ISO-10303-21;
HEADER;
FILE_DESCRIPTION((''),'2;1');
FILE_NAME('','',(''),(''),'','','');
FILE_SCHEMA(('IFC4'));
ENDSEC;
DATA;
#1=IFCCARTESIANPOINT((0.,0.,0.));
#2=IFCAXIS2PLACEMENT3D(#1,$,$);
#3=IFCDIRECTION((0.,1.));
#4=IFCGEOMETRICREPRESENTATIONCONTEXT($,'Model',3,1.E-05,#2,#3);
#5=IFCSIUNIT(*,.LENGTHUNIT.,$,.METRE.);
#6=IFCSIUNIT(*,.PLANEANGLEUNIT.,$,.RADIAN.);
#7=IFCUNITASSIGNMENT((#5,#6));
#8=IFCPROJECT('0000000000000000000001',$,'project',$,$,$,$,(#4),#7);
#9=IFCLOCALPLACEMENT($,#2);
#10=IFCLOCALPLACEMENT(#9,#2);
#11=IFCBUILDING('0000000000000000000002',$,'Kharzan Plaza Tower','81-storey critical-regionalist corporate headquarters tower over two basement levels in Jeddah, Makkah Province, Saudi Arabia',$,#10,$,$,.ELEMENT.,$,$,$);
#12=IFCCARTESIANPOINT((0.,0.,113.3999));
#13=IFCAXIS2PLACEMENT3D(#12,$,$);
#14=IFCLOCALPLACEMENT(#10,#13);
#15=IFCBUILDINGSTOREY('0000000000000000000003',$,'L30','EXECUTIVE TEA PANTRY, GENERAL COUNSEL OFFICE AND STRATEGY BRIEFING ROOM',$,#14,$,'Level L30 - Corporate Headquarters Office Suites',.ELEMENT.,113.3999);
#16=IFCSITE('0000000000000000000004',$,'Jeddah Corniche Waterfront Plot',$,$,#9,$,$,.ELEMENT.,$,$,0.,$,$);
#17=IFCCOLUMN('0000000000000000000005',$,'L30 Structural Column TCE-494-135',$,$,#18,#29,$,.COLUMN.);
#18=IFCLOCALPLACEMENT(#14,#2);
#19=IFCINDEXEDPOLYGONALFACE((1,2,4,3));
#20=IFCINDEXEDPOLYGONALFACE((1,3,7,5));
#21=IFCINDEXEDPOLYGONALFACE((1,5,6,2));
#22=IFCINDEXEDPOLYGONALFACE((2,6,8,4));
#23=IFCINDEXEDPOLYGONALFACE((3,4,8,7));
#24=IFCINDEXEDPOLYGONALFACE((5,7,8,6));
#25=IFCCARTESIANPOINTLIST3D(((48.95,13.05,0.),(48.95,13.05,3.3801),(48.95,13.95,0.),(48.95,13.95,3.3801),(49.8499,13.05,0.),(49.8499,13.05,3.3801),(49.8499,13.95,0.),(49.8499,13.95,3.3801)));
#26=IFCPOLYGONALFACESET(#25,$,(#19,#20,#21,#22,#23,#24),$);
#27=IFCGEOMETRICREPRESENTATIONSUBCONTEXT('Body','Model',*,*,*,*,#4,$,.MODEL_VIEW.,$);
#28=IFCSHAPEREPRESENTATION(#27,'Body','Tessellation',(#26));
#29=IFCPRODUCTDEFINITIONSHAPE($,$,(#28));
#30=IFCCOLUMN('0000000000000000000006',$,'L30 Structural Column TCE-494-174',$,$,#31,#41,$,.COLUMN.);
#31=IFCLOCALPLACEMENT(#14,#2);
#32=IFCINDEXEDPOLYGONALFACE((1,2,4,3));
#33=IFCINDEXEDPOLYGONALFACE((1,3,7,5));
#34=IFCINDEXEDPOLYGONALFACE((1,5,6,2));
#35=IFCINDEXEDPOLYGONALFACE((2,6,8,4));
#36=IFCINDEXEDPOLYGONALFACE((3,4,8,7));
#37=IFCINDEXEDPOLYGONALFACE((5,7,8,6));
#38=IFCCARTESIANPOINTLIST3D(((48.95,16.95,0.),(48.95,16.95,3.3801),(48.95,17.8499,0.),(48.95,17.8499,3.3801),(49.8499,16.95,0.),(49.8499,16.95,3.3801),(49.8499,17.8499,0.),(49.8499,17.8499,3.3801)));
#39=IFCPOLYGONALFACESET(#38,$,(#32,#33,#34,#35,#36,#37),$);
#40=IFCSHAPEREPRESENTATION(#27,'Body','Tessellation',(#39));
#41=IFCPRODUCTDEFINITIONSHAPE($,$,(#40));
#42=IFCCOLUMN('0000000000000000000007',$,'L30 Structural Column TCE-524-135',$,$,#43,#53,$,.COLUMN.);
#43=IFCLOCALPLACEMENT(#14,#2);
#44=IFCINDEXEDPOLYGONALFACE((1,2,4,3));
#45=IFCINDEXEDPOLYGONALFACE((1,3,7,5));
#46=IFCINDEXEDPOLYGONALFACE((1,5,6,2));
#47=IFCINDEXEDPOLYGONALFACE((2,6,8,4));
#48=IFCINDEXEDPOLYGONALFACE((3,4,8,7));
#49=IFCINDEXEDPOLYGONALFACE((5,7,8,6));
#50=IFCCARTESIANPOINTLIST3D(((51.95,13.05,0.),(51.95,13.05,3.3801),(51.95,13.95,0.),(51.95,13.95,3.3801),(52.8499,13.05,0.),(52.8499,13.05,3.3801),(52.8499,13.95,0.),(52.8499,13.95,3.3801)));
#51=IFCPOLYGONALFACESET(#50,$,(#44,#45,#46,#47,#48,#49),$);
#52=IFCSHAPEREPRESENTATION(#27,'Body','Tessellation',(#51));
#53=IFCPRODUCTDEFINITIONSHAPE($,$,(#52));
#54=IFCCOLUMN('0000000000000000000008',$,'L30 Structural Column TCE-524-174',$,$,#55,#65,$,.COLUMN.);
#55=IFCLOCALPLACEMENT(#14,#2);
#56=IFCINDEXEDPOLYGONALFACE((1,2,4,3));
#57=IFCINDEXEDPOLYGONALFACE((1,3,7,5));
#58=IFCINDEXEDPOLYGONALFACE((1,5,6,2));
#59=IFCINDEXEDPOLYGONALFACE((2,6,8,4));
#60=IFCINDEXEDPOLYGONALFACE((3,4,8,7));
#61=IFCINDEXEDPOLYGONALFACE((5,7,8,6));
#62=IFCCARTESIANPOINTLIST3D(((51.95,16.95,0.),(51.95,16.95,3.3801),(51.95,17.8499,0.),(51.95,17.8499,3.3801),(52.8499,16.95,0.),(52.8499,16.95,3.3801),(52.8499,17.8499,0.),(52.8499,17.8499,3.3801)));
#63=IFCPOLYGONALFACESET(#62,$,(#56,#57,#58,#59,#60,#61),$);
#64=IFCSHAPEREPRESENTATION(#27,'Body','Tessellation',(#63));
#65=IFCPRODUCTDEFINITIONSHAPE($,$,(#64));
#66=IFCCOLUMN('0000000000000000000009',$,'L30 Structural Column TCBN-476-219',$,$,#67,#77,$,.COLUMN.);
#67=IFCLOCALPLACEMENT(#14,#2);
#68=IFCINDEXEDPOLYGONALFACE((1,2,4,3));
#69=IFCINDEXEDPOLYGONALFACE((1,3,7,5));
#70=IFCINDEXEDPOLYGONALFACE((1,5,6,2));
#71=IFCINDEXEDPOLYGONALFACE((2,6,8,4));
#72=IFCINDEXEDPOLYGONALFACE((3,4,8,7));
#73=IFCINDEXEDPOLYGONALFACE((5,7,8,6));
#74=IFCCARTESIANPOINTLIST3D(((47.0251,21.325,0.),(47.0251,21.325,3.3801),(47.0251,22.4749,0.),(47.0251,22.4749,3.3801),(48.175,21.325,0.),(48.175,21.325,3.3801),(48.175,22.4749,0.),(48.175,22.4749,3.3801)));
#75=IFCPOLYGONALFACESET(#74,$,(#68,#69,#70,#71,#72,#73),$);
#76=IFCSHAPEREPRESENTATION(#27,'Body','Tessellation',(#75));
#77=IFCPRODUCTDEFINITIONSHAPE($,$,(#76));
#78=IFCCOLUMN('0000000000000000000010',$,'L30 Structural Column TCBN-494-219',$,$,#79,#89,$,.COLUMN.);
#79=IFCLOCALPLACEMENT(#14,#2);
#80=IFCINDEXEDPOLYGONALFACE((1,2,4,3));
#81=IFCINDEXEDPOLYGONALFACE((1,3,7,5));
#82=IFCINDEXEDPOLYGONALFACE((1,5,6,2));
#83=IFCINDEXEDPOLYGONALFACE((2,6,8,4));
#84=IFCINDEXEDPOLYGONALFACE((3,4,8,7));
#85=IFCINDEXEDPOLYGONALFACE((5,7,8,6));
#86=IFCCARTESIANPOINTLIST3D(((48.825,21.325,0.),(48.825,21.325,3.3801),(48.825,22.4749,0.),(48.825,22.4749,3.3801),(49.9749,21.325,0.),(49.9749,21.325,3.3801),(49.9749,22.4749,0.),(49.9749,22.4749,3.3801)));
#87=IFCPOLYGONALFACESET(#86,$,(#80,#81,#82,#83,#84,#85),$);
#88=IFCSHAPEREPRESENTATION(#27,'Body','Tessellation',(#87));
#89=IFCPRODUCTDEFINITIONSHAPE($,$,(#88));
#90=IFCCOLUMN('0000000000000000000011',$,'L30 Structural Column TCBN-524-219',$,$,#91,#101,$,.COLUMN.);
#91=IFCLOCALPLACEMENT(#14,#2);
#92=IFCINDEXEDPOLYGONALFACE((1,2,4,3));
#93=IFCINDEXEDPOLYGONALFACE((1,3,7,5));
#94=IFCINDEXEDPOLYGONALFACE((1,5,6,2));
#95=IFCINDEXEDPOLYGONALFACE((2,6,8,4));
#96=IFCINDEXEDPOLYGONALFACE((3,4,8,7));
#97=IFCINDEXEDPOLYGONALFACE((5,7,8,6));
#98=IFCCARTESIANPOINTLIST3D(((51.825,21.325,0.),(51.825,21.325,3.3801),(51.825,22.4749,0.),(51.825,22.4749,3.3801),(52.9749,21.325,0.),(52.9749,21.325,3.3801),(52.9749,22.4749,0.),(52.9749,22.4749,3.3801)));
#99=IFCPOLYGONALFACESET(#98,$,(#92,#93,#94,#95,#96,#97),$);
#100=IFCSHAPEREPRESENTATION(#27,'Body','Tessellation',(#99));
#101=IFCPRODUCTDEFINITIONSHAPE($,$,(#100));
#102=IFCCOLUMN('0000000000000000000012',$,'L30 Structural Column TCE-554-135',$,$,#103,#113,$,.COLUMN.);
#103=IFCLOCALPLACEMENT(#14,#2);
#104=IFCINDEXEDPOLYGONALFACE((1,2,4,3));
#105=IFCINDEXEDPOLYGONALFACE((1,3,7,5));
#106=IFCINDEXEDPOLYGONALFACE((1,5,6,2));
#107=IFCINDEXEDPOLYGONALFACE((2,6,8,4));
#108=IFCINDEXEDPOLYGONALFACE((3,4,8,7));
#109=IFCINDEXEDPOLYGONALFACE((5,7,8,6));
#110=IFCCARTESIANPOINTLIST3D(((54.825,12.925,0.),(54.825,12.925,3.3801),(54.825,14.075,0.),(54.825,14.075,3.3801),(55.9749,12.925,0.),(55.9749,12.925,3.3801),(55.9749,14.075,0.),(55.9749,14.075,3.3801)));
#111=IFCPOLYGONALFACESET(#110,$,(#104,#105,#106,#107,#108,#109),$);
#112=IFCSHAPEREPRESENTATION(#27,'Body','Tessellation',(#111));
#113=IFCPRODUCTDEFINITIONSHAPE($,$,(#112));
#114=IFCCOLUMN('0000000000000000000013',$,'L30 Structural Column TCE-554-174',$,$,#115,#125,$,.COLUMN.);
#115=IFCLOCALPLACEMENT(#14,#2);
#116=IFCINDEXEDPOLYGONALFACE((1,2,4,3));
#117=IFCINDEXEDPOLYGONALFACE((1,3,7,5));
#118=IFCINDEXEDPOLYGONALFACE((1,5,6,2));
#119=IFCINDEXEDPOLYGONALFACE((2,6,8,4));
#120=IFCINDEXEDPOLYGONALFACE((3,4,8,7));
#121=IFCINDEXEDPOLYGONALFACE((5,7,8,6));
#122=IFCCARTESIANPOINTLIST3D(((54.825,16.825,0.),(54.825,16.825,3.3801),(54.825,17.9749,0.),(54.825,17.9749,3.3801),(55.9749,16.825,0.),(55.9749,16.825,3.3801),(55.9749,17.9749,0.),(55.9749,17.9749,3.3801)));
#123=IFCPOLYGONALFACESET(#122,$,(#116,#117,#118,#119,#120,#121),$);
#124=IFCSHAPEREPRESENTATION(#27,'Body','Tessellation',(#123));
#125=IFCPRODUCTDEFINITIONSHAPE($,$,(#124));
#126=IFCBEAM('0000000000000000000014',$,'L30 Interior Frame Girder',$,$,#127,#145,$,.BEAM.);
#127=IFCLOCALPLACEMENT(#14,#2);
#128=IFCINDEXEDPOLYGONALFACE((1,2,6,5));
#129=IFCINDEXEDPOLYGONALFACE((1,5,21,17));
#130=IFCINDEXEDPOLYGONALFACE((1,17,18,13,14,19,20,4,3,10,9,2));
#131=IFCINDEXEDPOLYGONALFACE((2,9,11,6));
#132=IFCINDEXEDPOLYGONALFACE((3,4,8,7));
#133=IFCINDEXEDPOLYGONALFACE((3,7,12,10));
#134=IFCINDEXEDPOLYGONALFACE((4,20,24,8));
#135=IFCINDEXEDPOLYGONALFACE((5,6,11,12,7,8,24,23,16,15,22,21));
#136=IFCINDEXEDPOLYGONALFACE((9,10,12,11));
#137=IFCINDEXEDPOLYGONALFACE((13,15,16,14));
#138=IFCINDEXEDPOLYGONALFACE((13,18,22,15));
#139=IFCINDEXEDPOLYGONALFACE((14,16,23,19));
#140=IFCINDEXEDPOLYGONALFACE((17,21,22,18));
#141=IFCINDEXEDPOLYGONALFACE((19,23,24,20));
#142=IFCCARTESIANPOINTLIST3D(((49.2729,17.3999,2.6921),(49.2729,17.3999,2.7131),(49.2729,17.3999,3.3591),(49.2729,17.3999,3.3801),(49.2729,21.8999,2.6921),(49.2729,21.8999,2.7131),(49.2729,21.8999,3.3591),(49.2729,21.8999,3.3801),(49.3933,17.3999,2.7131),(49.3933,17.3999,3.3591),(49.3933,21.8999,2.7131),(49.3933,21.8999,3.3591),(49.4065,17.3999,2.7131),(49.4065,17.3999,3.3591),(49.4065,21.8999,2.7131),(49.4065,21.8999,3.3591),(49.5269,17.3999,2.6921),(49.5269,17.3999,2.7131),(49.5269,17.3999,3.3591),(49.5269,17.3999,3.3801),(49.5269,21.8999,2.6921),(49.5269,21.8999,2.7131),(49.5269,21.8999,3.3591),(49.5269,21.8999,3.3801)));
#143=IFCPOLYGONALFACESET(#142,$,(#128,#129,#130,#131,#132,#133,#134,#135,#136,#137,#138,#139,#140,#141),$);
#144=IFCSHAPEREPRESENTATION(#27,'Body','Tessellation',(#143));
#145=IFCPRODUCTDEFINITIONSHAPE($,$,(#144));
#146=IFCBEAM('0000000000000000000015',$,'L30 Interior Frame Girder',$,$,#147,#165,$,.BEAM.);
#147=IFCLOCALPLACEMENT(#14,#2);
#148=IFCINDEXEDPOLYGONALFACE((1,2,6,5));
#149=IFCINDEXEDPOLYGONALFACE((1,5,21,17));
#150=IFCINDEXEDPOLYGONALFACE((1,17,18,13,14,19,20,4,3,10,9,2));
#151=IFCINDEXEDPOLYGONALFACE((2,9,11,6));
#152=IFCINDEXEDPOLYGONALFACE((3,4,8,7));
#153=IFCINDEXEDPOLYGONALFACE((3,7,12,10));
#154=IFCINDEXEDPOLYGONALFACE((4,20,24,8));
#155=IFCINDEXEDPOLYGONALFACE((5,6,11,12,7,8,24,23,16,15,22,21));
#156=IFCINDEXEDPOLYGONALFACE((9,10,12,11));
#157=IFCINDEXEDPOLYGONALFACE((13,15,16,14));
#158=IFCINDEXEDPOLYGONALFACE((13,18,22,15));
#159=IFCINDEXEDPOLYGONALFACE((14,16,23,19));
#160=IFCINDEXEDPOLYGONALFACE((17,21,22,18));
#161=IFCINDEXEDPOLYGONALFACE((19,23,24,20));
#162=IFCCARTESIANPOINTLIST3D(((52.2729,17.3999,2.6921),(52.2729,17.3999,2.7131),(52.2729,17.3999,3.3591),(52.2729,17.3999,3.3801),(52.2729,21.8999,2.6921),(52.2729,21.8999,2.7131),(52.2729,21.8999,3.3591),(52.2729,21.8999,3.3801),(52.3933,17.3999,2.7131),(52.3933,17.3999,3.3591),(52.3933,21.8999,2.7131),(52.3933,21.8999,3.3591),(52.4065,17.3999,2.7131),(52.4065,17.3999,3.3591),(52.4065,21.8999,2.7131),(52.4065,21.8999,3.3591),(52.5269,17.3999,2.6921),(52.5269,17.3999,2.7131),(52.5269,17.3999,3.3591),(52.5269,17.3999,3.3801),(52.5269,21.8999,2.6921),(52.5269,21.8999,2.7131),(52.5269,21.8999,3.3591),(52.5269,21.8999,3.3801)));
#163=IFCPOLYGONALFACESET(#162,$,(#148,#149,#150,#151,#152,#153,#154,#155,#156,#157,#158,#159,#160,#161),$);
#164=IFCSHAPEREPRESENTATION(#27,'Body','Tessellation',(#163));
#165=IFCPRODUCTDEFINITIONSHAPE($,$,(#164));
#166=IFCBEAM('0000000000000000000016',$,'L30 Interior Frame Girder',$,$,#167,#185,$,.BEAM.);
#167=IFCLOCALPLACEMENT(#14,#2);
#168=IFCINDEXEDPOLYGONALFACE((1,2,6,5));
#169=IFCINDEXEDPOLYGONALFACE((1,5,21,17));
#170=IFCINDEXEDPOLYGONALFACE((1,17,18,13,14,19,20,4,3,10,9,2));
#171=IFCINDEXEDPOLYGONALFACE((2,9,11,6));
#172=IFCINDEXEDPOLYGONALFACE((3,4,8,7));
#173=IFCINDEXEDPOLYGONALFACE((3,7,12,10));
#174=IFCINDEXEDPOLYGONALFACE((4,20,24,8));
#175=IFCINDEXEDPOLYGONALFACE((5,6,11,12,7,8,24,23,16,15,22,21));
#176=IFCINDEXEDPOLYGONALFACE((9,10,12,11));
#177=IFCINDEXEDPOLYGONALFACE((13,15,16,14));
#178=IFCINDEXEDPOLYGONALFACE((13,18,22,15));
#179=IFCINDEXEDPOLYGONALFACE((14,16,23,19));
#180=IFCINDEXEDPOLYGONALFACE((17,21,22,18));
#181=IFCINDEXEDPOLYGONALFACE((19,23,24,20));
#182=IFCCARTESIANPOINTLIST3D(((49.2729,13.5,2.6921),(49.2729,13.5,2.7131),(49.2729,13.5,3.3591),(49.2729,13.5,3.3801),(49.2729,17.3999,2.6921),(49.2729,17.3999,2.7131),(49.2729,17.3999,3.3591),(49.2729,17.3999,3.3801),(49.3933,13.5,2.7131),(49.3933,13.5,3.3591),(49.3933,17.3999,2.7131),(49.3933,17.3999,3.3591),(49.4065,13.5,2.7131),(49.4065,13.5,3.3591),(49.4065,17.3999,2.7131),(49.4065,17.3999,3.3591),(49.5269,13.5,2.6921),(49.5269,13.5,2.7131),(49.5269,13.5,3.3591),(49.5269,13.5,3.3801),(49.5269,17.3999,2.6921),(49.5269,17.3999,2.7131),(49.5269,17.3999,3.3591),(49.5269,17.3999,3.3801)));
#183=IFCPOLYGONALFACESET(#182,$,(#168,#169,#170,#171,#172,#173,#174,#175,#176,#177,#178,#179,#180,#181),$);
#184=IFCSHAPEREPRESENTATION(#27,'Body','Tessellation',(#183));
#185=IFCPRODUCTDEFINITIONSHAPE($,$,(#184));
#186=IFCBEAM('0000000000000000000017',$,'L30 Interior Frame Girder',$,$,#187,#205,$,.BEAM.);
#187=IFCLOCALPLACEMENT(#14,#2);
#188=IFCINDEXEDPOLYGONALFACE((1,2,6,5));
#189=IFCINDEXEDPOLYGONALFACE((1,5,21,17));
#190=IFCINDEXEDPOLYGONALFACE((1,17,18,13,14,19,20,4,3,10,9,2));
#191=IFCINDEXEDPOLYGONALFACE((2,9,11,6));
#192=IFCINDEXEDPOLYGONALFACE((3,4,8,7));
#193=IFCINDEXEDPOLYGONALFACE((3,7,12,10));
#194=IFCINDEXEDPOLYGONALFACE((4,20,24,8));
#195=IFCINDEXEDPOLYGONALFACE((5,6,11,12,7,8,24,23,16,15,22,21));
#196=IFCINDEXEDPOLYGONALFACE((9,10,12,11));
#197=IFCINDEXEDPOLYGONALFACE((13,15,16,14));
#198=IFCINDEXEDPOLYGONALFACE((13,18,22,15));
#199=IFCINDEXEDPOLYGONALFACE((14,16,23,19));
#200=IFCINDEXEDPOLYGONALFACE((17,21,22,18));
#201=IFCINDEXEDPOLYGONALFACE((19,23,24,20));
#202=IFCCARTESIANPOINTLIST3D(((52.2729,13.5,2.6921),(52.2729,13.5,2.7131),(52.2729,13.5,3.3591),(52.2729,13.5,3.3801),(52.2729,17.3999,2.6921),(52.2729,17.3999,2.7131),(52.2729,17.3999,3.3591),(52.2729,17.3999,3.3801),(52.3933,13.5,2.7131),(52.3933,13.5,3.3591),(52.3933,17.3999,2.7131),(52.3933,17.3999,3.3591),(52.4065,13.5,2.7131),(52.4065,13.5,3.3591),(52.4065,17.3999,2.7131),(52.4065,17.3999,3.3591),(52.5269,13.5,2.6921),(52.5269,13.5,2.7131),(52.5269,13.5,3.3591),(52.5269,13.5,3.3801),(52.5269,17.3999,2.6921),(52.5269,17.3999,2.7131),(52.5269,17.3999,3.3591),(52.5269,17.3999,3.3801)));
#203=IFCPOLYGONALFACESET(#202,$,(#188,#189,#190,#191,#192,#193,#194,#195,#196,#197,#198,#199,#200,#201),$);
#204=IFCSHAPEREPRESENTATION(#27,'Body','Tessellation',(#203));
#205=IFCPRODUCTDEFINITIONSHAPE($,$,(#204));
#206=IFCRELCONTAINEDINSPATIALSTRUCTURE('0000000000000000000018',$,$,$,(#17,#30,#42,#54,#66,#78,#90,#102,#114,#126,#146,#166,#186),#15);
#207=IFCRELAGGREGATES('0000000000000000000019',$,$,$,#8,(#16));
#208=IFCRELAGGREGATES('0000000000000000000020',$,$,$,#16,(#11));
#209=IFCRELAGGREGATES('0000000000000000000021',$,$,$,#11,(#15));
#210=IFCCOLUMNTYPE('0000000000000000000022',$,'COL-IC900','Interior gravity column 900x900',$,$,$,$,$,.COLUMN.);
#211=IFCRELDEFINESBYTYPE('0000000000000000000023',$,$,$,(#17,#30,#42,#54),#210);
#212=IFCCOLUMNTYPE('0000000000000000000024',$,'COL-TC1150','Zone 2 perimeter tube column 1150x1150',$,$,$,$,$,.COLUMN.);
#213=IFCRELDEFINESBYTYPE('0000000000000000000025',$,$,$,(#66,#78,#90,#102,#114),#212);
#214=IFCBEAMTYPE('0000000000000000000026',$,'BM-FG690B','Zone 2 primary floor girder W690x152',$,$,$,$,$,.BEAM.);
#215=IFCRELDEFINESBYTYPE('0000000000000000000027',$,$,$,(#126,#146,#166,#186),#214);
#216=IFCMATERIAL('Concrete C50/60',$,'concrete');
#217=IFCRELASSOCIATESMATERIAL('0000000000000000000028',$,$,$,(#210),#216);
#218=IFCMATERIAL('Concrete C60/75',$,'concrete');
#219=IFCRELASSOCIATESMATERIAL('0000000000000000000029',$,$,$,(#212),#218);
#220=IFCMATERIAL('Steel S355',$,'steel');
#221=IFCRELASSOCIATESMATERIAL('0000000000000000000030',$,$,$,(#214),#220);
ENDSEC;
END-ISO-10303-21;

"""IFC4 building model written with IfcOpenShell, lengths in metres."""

from ifc_helpers import new_model, si_unit, direction, frame, origin, origin_2d, place, context, subcontext, project, spatial, rectangle, i_section, extrude, source, transform, mapped, material, material_profile, profile_set, type_object, element, save


model = new_model("IFC4")

# Units and contexts
model_context = context("Model", 3, precision=1e-05, world=origin(), true_north=direction((0.0, 1.0)))
body_context = subcontext(model_context, "Body", "Model", "MODEL_VIEW")
ifc_project = project(units=[si_unit("LENGTHUNIT", "METRE"), si_unit("PLANEANGLEUNIT", "RADIAN")], contexts=[model_context])

# Site, building, storey
site_placement = place(None, origin())
site = spatial("IfcSite", under=ifc_project, at=site_placement, Name="Jeddah Corniche Waterfront Plot", CompositionType="ELEMENT", RefElevation=0.0)
building_placement = place(site_placement, origin())
building = spatial("IfcBuilding", under=site, at=building_placement, Name="Kharzan Plaza Tower", Description="81-storey critical-regionalist corporate headquarters tower over two basement levels in Jeddah, Makkah Province, Saudi Arabia", CompositionType="ELEMENT")
storey_placement = place(building_placement, frame((0.0, 0.0, 113.3999)))
storey = spatial("IfcBuildingStorey", under=building, at=storey_placement, Name="L30", Description="EXECUTIVE TEA PANTRY, GENERAL COUNSEL OFFICE AND STRATEGY BRIEFING ROOM", LongName="Level L30 - Corporate Headquarters Office Suites", CompositionType="ELEMENT", Elevation=113.3999)

# Columns
ifc_material_1 = material(Name="Concrete C50/60", Category="concrete")
ifc_material_profile_1 = material_profile(ifc_material_1, rectangle(XDim=0.8999, YDim=0.8999, at=origin_2d()), Name="RC-IC900x900")
ifc_profile_set_1 = profile_set([ifc_material_profile_1], Name="Concrete C50/60")
column_type_1 = type_object("IfcColumnType", Name="COL-IC900", Description="Interior gravity column 900x900", PredefinedType="COLUMN", material=ifc_profile_set_1)
shared_shape_1 = source(origin(), body_context, "Body", "SweptSolid", [
    extrude(rectangle(XDim=0.8999, YDim=0.8999, at=origin_2d()), origin(), (0.0, 0.0, 1.0), 3.3801),
])
for number, where, z_axis, x_axis, name in (
    (1, (49.3999, 13.5, 0.0), (0.0, 0.0, 1.0), (1.0, 0.0, 0.0), "L30 Structural Column TCE-494-135"),
    (2, (49.3999, 17.3999, 0.0), (0.0, 0.0, 1.0), (1.0, 0.0, 0.0), "L30 Structural Column TCE-494-174"),
    (3, (52.3999, 13.5, 0.0), (0.0, 0.0, 1.0), (1.0, 0.0, 0.0), "L30 Structural Column TCE-524-135"),
    (4, (52.3999, 17.3999, 0.0), (0.0, 0.0, 1.0), (1.0, 0.0, 0.0), "L30 Structural Column TCE-524-174"),
):
    element("IfcColumn", number, at=place(storey_placement, frame(where, z_axis=z_axis, x_axis=x_axis)), inside=storey, type_object=column_type_1, Name=name, PredefinedType="COLUMN", context=body_context, shape_type="MappedRepresentation", body=[
        mapped(shared_shape_1, transform((0.0, 0.0, 0.0), x_axis=(1.0, 0.0, 0.0), y_axis=(0.0, 1.0, 0.0), z_axis=(0.0, 0.0, 1.0))),
    ])
ifc_material_2 = material(Name="Concrete C60/75", Category="concrete")
ifc_material_profile_2 = material_profile(ifc_material_2, rectangle(XDim=1.1499, YDim=1.1499, at=origin_2d()), Name="RC-TC1150x1150")
ifc_profile_set_2 = profile_set([ifc_material_profile_2], Name="Concrete C60/75")
column_type_2 = type_object("IfcColumnType", Name="COL-TC1150", Description="Zone 2 perimeter tube column 1150x1150", PredefinedType="COLUMN", material=ifc_profile_set_2)
shared_shape_2 = source(origin(), body_context, "Body", "SweptSolid", [
    extrude(rectangle(XDim=1.1499, YDim=1.1499, at=origin_2d()), origin(), (0.0, 0.0, 1.0), 3.3801),
])
for number, where, z_axis, x_axis, name in (
    (5, (47.6001, 21.8999, 0.0), (0.0, 0.0, 1.0), (1.0, 0.0, 0.0), "L30 Structural Column TCBN-476-219"),
    (6, (49.3999, 21.8999, 0.0), (0.0, 0.0, 1.0), (1.0, 0.0, 0.0), "L30 Structural Column TCBN-494-219"),
    (7, (52.3999, 21.8999, 0.0), (0.0, 0.0, 1.0), (1.0, 0.0, 0.0), "L30 Structural Column TCBN-524-219"),
    (8, (55.3999, 13.5, 0.0), (0.0, 0.0, 1.0), (1.0, 0.0, 0.0), "L30 Structural Column TCE-554-135"),
    (9, (55.3999, 17.3999, 0.0), (0.0, 0.0, 1.0), (1.0, 0.0, 0.0), "L30 Structural Column TCE-554-174"),
):
    element("IfcColumn", number, at=place(storey_placement, frame(where, z_axis=z_axis, x_axis=x_axis)), inside=storey, type_object=column_type_2, Name=name, PredefinedType="COLUMN", context=body_context, shape_type="MappedRepresentation", body=[
        mapped(shared_shape_2, transform((0.0, 0.0, 0.0), x_axis=(1.0, 0.0, 0.0), y_axis=(0.0, 1.0, 0.0), z_axis=(0.0, 0.0, 1.0))),
    ])

# Beams
ifc_material_3 = material(Name="Steel S355", Category="steel")
ifc_material_profile_3 = material_profile(ifc_material_3, i_section(OverallWidth=0.2539, OverallDepth=0.688, WebThickness=0.0132, FlangeThickness=0.021, at=origin_2d()), Name="W690x152")
ifc_profile_set_3 = profile_set([ifc_material_profile_3], Name="Steel S355")
beam_type_1 = type_object("IfcBeamType", Name="BM-FG690B", Description="Zone 2 primary floor girder W690x152", PredefinedType="BEAM", material=ifc_profile_set_3)
shared_shape_3 = source(origin(), body_context, "Body", "SweptSolid", [
    extrude(i_section(OverallWidth=0.2539, OverallDepth=0.688, WebThickness=0.0132, FlangeThickness=0.021, at=origin_2d()), origin(), (0.0, 0.0, 1.0), 4.5),
])
for number, where, z_axis, x_axis, name in (
    (10, (49.3999, 17.3999, 3.0361), (0.0, 1.0, 0.0), (-1.0, 0.0, 0.0), "L30 Interior Frame Girder"),
    (11, (52.3999, 17.3999, 3.0361), (0.0, 1.0, 0.0), (-1.0, 0.0, 0.0), "L30 Interior Frame Girder"),
):
    element("IfcBeam", number, at=place(storey_placement, frame(where, z_axis=z_axis, x_axis=x_axis)), inside=storey, type_object=beam_type_1, Name=name, PredefinedType="BEAM", context=body_context, shape_type="MappedRepresentation", body=[
        mapped(shared_shape_3, transform((0.0, 0.0, 0.0), x_axis=(1.0, 0.0, 0.0), y_axis=(0.0, 1.0, 0.0), z_axis=(0.0, 0.0, 1.0))),
    ])
shared_shape_4 = source(origin(), body_context, "Body", "SweptSolid", [
    extrude(i_section(OverallWidth=0.2539, OverallDepth=0.688, WebThickness=0.0132, FlangeThickness=0.021, at=origin_2d()), origin(), (0.0, 0.0, 1.0), 3.8999),
])
for number, where, z_axis, x_axis, name in (
    (12, (49.3999, 13.5, 3.0361), (0.0, 1.0, 0.0), (-1.0, 0.0, 0.0), "L30 Interior Frame Girder"),
    (13, (52.3999, 13.5, 3.0361), (0.0, 1.0, 0.0), (-1.0, 0.0, 0.0), "L30 Interior Frame Girder"),
):
    element("IfcBeam", number, at=place(storey_placement, frame(where, z_axis=z_axis, x_axis=x_axis)), inside=storey, type_object=beam_type_1, Name=name, PredefinedType="BEAM", context=body_context, shape_type="MappedRepresentation", body=[
        mapped(shared_shape_4, transform((0.0, 0.0, 0.0), x_axis=(1.0, 0.0, 0.0), y_axis=(0.0, 1.0, 0.0), z_axis=(0.0, 0.0, 1.0))),
    ])

save(model, "model.ifc")
